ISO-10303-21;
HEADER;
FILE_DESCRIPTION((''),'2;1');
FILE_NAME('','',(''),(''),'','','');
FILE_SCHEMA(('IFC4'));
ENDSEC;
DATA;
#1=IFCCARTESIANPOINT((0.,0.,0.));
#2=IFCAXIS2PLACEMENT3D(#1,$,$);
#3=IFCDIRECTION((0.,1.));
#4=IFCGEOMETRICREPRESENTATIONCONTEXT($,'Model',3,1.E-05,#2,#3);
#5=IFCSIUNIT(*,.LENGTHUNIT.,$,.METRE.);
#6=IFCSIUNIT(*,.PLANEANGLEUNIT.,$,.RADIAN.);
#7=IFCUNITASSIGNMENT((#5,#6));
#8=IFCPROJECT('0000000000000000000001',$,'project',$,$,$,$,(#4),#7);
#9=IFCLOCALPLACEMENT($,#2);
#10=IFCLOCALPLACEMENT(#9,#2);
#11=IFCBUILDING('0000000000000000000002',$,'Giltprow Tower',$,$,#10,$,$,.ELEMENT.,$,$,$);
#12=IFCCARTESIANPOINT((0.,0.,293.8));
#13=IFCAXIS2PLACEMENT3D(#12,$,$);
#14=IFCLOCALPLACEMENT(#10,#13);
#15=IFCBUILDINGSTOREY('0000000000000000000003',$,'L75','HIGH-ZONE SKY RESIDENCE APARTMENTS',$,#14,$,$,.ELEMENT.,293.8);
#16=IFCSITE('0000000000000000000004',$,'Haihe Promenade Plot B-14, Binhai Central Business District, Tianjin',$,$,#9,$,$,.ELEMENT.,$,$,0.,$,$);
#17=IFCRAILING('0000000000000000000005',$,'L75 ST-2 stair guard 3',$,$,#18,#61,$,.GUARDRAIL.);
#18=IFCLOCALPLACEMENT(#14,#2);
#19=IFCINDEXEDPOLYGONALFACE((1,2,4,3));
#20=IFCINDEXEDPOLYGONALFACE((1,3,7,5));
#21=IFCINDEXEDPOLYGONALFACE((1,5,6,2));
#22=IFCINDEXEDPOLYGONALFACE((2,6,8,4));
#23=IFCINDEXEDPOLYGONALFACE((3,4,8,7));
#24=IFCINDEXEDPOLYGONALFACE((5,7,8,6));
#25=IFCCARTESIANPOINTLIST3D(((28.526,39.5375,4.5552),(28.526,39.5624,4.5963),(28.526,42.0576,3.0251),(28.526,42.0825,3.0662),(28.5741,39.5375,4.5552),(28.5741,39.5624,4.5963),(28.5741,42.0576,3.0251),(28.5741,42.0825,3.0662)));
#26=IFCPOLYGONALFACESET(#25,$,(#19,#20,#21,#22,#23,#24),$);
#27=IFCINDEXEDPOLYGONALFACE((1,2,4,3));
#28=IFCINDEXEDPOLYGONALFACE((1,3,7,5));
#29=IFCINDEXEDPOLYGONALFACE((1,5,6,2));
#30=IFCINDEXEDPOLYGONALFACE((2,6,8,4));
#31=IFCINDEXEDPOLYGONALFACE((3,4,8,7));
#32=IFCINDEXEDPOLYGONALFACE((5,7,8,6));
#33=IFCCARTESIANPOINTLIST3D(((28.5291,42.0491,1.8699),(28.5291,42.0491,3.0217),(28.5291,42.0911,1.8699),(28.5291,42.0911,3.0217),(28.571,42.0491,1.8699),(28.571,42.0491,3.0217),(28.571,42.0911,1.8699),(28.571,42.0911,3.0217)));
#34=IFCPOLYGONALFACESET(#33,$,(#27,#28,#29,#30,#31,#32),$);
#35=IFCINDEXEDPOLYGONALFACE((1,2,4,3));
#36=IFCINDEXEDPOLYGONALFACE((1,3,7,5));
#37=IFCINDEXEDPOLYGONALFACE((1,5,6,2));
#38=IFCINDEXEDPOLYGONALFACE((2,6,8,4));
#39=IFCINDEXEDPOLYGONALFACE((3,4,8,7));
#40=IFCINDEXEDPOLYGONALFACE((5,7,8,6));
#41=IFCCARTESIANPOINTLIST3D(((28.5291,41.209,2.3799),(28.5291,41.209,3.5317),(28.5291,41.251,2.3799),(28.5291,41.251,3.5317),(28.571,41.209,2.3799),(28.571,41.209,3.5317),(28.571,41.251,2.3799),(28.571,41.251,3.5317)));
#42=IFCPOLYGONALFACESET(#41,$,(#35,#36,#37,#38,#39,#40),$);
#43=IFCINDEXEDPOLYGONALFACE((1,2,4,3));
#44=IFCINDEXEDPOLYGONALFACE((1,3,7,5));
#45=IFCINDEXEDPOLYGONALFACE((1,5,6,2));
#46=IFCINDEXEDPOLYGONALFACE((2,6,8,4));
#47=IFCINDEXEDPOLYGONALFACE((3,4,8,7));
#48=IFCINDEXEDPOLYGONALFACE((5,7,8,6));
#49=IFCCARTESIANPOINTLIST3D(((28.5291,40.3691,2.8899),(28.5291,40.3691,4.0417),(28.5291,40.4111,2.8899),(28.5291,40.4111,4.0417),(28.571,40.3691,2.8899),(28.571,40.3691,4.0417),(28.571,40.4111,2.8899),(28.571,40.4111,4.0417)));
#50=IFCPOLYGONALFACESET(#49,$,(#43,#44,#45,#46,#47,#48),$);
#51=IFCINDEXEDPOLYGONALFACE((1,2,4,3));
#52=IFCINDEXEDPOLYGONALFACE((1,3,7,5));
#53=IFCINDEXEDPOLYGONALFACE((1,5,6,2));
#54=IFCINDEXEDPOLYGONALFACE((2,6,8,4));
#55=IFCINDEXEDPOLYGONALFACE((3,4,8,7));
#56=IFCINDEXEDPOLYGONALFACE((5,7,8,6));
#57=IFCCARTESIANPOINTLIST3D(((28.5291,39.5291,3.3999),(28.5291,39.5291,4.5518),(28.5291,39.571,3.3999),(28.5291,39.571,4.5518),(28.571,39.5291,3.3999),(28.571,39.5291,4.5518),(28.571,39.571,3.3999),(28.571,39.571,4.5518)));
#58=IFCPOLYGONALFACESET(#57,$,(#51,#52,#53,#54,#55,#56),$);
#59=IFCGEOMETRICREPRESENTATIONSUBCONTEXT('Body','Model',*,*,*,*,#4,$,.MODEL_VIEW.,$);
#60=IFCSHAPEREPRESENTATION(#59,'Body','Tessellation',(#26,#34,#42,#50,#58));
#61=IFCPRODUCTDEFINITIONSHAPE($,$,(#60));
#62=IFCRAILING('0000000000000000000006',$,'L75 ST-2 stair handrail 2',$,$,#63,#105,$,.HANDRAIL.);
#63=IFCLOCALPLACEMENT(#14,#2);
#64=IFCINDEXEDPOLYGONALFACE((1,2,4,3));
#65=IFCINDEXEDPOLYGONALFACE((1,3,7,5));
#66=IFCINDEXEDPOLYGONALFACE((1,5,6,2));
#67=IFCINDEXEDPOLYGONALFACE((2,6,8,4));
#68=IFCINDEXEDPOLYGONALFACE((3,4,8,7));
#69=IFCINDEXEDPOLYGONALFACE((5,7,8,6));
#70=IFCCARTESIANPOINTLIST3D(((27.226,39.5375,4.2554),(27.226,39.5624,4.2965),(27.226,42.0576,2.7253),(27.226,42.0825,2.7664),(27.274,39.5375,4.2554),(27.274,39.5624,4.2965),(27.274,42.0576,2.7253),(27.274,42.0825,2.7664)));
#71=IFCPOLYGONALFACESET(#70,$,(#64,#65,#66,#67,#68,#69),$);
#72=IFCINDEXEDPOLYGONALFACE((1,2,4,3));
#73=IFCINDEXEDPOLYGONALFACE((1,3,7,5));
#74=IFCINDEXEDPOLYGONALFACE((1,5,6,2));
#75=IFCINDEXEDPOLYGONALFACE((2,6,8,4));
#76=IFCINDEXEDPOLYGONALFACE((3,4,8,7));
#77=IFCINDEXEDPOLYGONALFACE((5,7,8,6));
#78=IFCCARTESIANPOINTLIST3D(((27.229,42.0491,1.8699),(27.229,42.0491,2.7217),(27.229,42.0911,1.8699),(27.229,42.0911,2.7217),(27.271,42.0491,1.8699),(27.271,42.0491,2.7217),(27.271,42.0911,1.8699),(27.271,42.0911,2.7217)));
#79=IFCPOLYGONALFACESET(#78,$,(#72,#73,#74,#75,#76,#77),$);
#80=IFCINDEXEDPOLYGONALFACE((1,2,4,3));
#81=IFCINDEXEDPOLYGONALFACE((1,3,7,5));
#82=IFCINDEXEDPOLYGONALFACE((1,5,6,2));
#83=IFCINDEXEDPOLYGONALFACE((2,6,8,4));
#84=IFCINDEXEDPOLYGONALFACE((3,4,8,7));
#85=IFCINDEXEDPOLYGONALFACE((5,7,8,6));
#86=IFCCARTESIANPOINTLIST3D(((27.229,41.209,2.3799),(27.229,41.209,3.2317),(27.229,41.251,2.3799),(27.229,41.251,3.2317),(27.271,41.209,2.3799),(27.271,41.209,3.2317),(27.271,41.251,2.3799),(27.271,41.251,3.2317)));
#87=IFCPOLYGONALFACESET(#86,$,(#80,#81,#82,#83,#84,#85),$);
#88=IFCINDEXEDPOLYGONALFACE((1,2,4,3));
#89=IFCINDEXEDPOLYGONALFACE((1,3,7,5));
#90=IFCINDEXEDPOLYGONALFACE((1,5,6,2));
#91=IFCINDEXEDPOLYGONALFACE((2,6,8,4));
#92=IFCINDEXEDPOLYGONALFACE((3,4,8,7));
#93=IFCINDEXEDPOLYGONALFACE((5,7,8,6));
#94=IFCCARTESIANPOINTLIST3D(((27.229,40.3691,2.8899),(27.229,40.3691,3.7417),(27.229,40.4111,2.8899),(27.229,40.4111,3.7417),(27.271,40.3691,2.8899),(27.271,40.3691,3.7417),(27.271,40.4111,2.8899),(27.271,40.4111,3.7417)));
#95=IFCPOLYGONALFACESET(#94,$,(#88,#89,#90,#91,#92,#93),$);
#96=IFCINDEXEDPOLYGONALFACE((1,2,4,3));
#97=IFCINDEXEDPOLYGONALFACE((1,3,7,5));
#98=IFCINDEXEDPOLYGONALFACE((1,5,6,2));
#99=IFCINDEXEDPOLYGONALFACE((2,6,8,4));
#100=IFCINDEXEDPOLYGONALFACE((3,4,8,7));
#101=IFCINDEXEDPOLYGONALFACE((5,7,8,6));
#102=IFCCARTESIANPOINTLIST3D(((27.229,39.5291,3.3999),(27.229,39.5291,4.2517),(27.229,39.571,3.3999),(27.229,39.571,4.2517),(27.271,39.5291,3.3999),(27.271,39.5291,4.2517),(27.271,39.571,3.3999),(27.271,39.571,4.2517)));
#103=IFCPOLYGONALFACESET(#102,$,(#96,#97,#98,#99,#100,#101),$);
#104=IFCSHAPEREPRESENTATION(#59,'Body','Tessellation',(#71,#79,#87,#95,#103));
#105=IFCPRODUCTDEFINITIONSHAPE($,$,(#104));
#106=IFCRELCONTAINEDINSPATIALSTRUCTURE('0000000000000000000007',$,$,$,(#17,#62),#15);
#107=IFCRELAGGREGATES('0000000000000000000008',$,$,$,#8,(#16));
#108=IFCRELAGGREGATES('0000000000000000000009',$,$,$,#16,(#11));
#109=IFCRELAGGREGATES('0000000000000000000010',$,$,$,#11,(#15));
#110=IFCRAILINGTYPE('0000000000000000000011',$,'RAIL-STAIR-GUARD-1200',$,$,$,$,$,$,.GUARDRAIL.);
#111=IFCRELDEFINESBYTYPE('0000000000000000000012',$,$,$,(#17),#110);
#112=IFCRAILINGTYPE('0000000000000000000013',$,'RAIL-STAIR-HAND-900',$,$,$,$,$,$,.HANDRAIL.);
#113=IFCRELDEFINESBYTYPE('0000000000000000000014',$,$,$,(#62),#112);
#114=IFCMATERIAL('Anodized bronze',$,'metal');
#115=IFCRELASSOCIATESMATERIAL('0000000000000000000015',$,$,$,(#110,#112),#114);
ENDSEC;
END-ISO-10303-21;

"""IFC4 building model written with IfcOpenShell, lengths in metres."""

from ifc_helpers import new_model, si_unit, direction, frame, origin, origin_2d, place, context, subcontext, project, spatial, rectangle, extrude, material, type_object, element, save


model = new_model("IFC4")

# Units and contexts
model_context = context("Model", 3, precision=1e-05, world=origin(), true_north=direction((0.0, 1.0)))
body_context = subcontext(model_context, "Body", "Model", "MODEL_VIEW")
ifc_project = project(units=[si_unit("LENGTHUNIT", "METRE"), si_unit("PLANEANGLEUNIT", "RADIAN")], contexts=[model_context])

# Site, building, storey
site_placement = place(None, origin())
site = spatial("IfcSite", under=ifc_project, at=site_placement, Name="Haihe Promenade Plot B-14, Binhai Central Business District, Tianjin", CompositionType="ELEMENT", RefElevation=0.0)
building_placement = place(site_placement, origin())
building = spatial("IfcBuilding", under=site, at=building_placement, Name="Giltprow Tower", CompositionType="ELEMENT")
storey_placement = place(building_placement, frame((0.0, 0.0, 293.8)))
storey = spatial("IfcBuildingStorey", under=building, at=storey_placement, Name="L75", Description="HIGH-ZONE SKY RESIDENCE APARTMENTS", CompositionType="ELEMENT", Elevation=293.8)

# Railings
ifc_material_1 = material(Name="Anodized bronze", Category="metal")
railing_type_1 = type_object("IfcRailingType", Name="RAIL-STAIR-GUARD-1200", PredefinedType="GUARDRAIL", material=ifc_material_1)
railing_1_placement = place(storey_placement, frame((28.55, 42.0701, 1.8699)))
element("IfcRailing", 1, at=railing_1_placement, inside=storey, type_object=railing_type_1, Name="L75 ST-2 stair guard 3", PredefinedType="GUARDRAIL", context=body_context, shape_type="SweptSolid", body=[
    extrude(rectangle(XDim=0.0481, YDim=0.0481, at=origin_2d()), frame((0.0, 0.0, 1.1758), z_axis=(0.0, -0.854785, 0.518982), x_axis=(1.0, 0.0, 0.0)), (0.0, 0.0, 1.0), 2.9482),
    extrude(rectangle(XDim=0.042, YDim=0.042, at=origin_2d()), origin(), (0.0, 0.0, 1.0), 1.1519),
    extrude(rectangle(XDim=0.042, YDim=0.042, at=origin_2d()), frame((0.0, -0.8401, 0.51)), (0.0, 0.0, 1.0), 1.1519),
    extrude(rectangle(XDim=0.042, YDim=0.042, at=origin_2d()), frame((0.0, -1.6799, 1.02)), (0.0, 0.0, 1.0), 1.1519),
    extrude(rectangle(XDim=0.042, YDim=0.042, at=origin_2d()), frame((0.0, -2.52, 1.53)), (0.0, 0.0, 1.0), 1.1519),
])
railing_type_2 = type_object("IfcRailingType", Name="RAIL-STAIR-HAND-900", PredefinedType="HANDRAIL", material=ifc_material_1)
railing_2_placement = place(storey_placement, frame((27.25, 42.0701, 1.8699)))
element("IfcRailing", 2, at=railing_2_placement, inside=storey, type_object=railing_type_2, Name="L75 ST-2 stair handrail 2", PredefinedType="HANDRAIL", context=body_context, shape_type="SweptSolid", body=[
    extrude(rectangle(XDim=0.0481, YDim=0.0481, at=origin_2d()), frame((0.0, 0.0, 0.876), z_axis=(0.0, -0.854785, 0.518982), x_axis=(1.0, 0.0, 0.0)), (0.0, 0.0, 1.0), 2.9482),
    extrude(rectangle(XDim=0.042, YDim=0.042, at=origin_2d()), origin(), (0.0, 0.0, 1.0), 0.8518),
    extrude(rectangle(XDim=0.042, YDim=0.042, at=origin_2d()), frame((0.0, -0.8401, 0.51)), (0.0, 0.0, 1.0), 0.8518),
    extrude(rectangle(XDim=0.042, YDim=0.042, at=origin_2d()), frame((0.0, -1.6799, 1.02)), (0.0, 0.0, 1.0), 0.8518),
    extrude(rectangle(XDim=0.042, YDim=0.042, at=origin_2d()), frame((0.0, -2.52, 1.53)), (0.0, 0.0, 1.0), 0.8518),
])

save(model, "model.ifc")
